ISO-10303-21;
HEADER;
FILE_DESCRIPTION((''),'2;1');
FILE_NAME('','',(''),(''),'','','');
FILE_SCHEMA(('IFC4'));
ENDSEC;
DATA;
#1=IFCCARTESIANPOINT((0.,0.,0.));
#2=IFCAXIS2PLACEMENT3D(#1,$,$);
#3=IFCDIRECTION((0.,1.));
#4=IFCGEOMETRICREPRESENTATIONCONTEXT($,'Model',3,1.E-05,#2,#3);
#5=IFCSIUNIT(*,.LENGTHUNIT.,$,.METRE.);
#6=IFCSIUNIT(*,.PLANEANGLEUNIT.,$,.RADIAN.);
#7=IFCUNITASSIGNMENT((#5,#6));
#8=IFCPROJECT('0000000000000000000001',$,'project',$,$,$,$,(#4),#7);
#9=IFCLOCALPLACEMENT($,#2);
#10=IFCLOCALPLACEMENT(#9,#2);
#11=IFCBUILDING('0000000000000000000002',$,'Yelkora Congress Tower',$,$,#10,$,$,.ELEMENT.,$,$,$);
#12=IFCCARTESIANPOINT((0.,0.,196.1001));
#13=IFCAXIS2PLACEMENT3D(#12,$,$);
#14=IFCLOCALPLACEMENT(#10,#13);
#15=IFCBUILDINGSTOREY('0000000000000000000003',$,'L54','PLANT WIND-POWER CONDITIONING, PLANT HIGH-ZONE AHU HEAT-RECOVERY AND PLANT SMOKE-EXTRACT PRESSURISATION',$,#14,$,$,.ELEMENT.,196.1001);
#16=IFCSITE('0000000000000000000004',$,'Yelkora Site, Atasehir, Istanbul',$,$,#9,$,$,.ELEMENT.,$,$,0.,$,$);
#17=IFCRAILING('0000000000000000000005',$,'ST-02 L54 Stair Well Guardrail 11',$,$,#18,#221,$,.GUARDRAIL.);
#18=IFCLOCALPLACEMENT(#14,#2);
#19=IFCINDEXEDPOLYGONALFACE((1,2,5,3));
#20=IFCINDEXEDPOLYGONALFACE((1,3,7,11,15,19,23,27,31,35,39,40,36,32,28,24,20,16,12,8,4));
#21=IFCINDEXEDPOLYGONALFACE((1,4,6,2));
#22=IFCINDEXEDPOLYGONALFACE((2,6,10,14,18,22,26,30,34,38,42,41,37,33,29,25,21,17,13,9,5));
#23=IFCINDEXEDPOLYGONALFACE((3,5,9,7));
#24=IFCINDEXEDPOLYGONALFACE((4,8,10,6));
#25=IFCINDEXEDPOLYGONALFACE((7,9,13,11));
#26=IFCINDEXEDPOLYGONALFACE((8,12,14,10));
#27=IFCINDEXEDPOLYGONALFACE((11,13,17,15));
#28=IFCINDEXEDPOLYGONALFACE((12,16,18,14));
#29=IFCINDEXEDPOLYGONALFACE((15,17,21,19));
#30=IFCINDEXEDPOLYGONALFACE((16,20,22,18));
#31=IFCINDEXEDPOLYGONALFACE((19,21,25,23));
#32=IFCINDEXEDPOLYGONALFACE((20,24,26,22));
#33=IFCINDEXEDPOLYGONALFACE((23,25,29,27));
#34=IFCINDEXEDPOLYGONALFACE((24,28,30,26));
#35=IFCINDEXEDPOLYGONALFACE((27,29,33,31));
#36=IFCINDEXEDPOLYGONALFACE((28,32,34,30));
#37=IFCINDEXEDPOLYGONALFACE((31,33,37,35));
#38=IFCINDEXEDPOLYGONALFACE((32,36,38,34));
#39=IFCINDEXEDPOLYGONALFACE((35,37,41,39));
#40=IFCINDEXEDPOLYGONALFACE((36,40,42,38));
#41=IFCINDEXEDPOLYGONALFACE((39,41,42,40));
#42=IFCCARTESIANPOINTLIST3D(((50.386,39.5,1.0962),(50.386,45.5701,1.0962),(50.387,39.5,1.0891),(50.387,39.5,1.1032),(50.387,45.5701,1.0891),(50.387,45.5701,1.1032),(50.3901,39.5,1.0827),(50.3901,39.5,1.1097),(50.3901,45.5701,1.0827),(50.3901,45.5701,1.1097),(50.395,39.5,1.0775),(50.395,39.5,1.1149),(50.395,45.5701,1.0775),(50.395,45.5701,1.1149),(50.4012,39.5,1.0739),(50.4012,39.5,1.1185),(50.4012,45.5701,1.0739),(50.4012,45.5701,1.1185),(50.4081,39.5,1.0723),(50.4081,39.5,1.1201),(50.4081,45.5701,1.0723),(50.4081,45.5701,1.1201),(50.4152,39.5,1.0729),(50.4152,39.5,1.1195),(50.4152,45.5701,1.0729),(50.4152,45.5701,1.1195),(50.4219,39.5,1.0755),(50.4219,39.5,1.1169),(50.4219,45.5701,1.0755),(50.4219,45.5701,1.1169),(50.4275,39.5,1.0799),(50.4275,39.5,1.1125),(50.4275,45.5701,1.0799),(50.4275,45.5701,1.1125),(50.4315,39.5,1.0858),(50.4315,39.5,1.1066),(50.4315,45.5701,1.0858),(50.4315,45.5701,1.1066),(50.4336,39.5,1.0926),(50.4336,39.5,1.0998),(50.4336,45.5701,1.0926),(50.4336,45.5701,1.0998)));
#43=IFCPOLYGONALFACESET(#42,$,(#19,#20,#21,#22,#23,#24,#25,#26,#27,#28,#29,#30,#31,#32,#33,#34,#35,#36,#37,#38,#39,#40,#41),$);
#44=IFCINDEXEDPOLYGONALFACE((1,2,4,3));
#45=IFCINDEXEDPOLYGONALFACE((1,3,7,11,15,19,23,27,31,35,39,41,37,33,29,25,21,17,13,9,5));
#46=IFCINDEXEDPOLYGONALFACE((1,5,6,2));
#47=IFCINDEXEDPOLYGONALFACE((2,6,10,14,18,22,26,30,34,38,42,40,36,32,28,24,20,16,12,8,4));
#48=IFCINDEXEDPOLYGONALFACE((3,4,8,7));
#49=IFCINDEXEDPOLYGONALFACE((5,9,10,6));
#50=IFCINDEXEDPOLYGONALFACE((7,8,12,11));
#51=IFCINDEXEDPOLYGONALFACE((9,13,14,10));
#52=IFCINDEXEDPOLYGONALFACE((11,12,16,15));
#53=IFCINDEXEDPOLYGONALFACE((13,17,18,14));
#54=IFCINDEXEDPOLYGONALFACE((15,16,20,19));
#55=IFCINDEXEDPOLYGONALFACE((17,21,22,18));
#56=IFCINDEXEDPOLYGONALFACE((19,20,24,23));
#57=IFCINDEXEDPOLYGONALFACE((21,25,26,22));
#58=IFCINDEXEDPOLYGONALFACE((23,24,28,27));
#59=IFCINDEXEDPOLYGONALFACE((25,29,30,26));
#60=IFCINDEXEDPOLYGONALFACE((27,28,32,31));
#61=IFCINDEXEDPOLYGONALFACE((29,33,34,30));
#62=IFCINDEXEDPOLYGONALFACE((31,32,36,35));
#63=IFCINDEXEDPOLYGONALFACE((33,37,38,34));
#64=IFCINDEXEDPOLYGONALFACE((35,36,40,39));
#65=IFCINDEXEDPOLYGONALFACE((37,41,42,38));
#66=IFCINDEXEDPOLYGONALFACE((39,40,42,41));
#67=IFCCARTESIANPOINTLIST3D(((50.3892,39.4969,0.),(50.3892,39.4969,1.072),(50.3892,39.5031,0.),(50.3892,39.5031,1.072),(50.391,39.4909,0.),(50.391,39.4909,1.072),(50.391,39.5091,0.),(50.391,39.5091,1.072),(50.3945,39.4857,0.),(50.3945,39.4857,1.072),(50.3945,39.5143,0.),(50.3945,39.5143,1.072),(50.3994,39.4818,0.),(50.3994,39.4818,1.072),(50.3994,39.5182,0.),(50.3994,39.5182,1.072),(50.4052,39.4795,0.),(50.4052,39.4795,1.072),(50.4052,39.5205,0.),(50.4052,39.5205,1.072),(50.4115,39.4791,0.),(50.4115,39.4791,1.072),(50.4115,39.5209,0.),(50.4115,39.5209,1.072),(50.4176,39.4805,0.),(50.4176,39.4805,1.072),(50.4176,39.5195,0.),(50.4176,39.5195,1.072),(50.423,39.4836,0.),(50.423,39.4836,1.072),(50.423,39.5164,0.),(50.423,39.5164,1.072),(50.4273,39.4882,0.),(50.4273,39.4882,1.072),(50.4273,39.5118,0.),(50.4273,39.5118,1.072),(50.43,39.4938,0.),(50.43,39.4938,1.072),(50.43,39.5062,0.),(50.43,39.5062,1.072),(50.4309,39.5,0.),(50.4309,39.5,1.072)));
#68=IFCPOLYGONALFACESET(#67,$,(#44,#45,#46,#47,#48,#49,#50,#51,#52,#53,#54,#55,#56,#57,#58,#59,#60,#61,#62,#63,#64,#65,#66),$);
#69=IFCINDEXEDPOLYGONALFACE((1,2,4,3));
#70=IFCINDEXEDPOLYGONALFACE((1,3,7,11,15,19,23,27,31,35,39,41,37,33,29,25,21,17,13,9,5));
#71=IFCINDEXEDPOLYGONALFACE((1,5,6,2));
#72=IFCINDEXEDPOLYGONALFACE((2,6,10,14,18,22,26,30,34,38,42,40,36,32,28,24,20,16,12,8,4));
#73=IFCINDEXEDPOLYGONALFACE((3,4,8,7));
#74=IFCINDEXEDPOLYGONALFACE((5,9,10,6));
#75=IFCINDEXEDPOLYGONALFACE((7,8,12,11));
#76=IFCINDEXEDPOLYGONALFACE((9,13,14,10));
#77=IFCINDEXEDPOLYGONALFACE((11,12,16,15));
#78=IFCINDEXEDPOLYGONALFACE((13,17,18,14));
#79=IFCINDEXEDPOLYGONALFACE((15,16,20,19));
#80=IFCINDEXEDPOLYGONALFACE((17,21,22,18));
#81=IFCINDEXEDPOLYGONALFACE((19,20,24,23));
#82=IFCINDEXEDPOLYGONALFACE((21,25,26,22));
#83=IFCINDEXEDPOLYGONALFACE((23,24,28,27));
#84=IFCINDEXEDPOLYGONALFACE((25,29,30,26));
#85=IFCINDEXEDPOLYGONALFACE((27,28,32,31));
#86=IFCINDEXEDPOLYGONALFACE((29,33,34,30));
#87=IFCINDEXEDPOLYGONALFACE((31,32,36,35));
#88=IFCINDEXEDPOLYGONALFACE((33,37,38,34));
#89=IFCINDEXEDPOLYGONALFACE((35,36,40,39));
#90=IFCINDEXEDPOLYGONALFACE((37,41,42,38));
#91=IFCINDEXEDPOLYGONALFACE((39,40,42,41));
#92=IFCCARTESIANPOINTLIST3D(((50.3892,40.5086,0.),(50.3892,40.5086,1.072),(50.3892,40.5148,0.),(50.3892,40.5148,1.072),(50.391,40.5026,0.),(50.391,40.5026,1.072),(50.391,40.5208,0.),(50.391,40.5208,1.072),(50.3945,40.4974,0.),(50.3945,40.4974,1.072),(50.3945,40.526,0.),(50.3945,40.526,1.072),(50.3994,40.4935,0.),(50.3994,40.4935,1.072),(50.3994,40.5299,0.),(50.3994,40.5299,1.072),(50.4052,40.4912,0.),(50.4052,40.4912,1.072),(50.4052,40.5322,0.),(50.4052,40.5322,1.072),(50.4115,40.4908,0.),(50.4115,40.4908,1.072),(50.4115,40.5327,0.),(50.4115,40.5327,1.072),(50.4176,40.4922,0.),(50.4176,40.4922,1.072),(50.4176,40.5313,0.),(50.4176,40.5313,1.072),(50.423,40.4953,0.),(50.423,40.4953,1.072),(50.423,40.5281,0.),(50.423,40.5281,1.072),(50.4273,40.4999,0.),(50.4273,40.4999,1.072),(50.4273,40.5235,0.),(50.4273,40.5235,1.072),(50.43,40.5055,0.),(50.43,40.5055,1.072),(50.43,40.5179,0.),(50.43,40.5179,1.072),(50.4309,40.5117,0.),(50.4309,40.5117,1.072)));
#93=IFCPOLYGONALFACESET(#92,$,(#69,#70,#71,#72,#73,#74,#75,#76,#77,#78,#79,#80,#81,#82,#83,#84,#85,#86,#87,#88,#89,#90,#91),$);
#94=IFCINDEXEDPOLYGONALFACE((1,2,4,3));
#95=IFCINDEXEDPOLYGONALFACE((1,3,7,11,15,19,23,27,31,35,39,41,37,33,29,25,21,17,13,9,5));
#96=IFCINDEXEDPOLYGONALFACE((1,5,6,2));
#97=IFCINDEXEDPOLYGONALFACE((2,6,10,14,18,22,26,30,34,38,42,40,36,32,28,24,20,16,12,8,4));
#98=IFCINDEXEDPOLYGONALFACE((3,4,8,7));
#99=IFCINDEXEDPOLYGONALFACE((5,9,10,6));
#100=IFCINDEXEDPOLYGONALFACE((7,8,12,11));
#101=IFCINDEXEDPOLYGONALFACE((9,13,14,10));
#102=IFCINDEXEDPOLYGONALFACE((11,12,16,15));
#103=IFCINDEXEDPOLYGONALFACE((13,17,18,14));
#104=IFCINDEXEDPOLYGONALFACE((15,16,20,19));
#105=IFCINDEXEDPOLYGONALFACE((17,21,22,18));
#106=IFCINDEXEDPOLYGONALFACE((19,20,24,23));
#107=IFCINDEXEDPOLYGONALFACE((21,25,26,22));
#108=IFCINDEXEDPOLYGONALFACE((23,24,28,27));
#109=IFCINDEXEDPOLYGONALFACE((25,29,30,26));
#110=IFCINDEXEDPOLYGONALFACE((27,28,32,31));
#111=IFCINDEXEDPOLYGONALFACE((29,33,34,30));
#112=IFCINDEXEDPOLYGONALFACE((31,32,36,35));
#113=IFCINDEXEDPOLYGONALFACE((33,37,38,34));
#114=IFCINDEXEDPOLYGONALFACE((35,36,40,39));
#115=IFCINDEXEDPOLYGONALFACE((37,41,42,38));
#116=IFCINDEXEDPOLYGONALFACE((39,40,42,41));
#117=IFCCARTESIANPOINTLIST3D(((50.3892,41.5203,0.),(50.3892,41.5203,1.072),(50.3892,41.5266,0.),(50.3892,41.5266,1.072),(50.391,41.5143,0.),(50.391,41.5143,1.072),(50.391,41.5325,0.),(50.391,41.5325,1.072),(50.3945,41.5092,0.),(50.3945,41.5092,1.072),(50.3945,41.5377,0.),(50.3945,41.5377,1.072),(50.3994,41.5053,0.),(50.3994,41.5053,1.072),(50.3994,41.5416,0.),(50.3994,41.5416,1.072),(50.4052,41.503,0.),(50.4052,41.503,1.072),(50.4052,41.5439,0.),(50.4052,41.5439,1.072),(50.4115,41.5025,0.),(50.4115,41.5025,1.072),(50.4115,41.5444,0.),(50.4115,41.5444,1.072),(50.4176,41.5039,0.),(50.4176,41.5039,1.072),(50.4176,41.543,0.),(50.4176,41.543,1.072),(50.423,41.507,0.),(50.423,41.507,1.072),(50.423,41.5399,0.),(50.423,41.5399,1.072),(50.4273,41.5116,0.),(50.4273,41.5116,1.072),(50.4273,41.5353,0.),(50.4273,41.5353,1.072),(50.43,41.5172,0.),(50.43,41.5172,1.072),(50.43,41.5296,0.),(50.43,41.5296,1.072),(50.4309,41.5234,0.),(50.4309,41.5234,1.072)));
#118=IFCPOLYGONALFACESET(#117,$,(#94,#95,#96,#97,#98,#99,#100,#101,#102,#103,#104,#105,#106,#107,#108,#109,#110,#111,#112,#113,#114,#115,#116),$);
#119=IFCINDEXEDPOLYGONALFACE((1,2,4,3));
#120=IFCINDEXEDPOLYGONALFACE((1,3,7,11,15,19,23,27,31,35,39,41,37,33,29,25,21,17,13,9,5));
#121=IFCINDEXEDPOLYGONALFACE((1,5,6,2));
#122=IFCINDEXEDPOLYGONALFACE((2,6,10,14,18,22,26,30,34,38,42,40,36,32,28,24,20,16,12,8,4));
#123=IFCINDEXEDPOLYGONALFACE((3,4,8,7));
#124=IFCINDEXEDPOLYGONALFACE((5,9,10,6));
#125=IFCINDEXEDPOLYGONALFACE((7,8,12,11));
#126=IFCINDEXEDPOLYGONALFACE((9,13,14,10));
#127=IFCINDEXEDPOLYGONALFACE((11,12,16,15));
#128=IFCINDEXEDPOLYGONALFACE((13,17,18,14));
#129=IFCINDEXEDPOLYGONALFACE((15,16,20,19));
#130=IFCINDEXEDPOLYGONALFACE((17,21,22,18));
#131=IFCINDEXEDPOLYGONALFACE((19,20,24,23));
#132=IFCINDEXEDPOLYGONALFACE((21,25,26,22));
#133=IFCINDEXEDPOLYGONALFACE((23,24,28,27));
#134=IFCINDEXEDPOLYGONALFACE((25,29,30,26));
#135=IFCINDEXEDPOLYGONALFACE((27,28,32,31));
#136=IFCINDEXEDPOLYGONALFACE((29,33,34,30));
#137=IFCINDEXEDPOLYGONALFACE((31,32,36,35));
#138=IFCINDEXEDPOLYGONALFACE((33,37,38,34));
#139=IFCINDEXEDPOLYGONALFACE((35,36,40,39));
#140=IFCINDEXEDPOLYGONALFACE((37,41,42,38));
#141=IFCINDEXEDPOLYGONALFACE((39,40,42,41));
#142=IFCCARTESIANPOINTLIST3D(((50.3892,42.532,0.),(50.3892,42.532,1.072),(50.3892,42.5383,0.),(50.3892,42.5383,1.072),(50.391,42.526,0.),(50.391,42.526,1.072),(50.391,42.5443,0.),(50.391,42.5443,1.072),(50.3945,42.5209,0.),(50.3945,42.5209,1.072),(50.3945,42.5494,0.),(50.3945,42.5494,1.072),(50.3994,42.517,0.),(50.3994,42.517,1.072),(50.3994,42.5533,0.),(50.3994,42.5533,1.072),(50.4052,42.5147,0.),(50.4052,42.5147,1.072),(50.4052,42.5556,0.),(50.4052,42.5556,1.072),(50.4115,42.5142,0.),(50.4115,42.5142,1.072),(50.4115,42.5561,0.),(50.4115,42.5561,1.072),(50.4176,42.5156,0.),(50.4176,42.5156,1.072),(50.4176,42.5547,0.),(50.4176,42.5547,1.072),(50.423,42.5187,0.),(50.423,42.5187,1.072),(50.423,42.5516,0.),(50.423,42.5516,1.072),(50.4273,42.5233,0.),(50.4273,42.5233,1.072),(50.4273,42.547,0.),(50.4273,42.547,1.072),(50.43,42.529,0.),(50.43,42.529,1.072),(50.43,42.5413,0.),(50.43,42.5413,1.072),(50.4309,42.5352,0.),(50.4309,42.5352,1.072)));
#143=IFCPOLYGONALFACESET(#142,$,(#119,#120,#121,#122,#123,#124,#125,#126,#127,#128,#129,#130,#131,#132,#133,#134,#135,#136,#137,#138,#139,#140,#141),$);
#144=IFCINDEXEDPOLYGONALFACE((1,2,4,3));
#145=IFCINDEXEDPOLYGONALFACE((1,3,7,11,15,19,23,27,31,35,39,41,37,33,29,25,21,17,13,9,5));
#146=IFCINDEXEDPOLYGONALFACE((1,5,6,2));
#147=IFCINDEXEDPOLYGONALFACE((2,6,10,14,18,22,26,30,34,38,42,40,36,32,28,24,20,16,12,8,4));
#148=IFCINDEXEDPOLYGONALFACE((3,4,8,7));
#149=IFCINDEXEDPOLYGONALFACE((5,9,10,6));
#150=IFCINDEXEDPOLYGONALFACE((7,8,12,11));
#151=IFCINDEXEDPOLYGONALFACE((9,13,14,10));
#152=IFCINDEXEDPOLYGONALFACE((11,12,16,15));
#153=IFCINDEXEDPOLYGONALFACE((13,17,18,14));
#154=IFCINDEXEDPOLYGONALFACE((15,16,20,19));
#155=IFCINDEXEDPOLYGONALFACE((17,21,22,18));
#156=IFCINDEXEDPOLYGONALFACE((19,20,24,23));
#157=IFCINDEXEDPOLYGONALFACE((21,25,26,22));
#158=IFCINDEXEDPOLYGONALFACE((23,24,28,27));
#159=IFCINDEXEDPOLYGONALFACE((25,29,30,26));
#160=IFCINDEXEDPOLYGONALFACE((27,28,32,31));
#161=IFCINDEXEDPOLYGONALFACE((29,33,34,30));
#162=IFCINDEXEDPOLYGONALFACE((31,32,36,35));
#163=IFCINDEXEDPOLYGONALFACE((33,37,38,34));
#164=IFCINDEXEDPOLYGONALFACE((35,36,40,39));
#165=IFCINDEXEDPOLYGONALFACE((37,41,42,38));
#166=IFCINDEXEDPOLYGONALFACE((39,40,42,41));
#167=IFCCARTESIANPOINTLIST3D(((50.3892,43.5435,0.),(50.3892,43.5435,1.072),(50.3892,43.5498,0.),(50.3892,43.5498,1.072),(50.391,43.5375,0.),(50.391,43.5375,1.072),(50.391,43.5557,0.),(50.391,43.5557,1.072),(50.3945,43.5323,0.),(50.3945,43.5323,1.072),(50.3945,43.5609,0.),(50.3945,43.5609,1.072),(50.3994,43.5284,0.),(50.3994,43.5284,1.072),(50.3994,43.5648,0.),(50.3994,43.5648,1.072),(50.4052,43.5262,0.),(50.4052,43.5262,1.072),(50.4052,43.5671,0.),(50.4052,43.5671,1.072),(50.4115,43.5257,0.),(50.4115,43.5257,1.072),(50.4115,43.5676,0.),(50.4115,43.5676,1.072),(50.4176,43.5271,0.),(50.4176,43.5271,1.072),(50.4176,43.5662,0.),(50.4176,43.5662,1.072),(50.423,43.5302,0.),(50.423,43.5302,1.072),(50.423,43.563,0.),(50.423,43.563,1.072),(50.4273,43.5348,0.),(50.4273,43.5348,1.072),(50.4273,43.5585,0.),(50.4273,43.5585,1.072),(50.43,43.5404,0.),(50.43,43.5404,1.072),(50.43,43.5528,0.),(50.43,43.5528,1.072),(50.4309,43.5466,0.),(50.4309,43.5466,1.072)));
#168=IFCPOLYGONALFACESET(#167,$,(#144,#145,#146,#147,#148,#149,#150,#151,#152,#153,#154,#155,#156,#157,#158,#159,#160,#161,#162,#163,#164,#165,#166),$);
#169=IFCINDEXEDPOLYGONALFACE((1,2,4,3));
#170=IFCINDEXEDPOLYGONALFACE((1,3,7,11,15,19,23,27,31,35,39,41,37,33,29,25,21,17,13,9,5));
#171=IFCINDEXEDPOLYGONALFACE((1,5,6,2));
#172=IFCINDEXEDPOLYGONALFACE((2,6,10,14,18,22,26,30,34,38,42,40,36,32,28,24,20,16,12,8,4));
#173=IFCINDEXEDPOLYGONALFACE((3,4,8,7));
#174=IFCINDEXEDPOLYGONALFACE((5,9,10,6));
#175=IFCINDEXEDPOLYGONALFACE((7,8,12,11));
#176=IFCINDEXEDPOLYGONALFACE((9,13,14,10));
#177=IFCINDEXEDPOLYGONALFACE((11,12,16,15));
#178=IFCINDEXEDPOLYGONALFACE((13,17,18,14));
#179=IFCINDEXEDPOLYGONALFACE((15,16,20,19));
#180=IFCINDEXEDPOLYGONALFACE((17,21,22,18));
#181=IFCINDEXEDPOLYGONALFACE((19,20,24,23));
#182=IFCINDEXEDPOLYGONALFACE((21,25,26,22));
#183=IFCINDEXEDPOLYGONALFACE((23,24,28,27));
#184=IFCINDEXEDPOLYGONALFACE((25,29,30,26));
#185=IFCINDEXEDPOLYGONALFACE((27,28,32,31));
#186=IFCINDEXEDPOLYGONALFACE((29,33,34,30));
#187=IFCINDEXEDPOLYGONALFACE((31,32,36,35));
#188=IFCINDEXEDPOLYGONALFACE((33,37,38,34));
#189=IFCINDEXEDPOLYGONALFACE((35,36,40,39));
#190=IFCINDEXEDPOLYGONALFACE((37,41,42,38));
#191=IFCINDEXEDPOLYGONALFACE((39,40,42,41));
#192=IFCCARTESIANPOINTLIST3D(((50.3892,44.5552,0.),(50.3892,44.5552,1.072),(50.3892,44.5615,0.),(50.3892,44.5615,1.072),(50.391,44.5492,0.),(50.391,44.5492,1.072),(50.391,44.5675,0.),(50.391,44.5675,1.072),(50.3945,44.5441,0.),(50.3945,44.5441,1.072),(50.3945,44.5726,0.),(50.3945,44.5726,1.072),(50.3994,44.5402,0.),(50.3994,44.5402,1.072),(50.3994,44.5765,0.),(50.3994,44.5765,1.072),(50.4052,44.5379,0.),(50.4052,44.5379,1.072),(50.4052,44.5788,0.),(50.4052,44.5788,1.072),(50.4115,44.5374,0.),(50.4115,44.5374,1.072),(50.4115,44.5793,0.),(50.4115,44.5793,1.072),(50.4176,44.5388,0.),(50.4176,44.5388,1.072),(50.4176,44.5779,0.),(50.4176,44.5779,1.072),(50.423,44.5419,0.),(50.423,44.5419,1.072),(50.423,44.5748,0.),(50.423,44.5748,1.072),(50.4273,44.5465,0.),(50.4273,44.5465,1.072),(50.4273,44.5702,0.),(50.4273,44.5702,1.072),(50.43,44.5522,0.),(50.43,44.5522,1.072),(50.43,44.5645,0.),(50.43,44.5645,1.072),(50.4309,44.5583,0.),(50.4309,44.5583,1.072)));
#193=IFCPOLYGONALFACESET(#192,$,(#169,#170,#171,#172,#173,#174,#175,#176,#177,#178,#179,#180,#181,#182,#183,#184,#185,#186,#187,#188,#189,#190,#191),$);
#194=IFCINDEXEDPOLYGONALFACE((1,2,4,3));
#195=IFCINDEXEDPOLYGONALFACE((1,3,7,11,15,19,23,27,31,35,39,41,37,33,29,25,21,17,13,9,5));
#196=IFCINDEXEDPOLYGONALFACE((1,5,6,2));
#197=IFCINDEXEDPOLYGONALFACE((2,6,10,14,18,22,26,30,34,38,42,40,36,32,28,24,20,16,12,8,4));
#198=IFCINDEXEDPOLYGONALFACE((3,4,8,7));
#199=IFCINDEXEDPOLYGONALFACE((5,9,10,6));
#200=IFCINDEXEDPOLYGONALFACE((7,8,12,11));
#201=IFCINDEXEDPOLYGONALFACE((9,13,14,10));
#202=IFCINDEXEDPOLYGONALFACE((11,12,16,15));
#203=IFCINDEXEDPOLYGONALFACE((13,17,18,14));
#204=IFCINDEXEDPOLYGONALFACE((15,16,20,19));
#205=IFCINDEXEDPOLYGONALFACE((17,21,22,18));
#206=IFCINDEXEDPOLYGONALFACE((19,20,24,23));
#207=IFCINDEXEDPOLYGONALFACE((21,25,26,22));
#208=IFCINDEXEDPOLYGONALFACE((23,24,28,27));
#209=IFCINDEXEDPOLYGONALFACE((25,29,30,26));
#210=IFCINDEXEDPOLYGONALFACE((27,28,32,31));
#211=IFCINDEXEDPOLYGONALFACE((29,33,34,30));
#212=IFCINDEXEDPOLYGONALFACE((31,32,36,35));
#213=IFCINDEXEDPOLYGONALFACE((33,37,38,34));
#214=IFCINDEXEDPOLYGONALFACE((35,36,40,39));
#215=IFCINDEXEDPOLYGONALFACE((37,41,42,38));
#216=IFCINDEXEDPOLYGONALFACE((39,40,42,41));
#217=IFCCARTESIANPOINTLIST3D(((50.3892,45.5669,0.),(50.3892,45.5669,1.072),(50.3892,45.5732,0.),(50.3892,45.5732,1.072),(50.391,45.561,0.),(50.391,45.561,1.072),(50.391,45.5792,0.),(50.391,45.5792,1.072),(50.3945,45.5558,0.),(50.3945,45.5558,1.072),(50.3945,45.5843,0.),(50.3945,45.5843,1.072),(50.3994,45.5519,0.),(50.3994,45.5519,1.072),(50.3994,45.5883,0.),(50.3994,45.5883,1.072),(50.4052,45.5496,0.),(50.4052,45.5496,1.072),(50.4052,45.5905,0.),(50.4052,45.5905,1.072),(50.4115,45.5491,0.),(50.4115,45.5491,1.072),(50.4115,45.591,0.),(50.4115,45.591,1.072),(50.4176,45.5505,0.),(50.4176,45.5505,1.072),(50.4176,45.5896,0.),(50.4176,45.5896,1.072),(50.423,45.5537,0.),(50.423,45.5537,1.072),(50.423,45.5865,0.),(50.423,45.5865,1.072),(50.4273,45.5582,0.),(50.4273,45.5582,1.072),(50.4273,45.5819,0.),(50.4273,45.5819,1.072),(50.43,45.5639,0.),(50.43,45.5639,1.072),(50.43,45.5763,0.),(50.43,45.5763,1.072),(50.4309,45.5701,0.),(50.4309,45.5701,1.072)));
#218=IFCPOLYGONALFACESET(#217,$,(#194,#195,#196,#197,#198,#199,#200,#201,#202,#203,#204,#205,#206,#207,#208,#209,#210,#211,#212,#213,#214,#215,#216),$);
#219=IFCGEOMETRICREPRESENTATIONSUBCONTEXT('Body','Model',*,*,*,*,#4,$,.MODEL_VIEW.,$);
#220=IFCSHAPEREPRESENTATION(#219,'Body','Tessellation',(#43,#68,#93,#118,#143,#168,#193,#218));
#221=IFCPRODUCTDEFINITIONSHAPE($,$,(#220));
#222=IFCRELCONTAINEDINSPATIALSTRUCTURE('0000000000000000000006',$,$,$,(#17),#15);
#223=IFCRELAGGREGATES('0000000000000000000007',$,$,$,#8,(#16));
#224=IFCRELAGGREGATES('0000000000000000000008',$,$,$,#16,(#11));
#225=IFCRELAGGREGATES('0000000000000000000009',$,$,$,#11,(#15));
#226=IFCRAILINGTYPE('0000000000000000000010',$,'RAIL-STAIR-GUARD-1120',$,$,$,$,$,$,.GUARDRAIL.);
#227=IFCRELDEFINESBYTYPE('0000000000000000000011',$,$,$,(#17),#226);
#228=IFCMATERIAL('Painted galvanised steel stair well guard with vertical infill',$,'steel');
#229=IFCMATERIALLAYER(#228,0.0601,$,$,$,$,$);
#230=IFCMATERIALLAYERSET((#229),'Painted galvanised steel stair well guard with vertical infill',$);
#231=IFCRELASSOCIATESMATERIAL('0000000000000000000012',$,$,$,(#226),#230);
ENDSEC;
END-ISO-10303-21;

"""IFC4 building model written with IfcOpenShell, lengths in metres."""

from ifc_helpers import new_model, si_unit, direction, frame, origin, origin_2d, place, context, subcontext, project, spatial, circle, extrude, material, layer, layer_set, type_object, element, save


model = new_model("IFC4")

# Units and contexts
model_context = context("Model", 3, precision=1e-05, world=origin(), true_north=direction((0.0, 1.0)))
body_context = subcontext(model_context, "Body", "Model", "MODEL_VIEW")
ifc_project = project(units=[si_unit("LENGTHUNIT", "METRE"), si_unit("PLANEANGLEUNIT", "RADIAN")], contexts=[model_context])

# Site, building, storey
site_placement = place(None, origin())
site = spatial("IfcSite", under=ifc_project, at=site_placement, Name="Yelkora Site, Atasehir, Istanbul", CompositionType="ELEMENT", RefElevation=0.0)
building_placement = place(site_placement, origin())
building = spatial("IfcBuilding", under=site, at=building_placement, Name="Yelkora Congress Tower", CompositionType="ELEMENT")
storey_placement = place(building_placement, frame((0.0, 0.0, 196.1001)))
storey = spatial("IfcBuildingStorey", under=building, at=storey_placement, Name="L54", Description="PLANT WIND-POWER CONDITIONING, PLANT HIGH-ZONE AHU HEAT-RECOVERY AND PLANT SMOKE-EXTRACT PRESSURISATION", CompositionType="ELEMENT", Elevation=196.1001)

# Railing
ifc_material_1 = material(Name="Painted galvanised steel stair well guard with vertical infill", Category="steel")
ifc_layer_1 = layer(ifc_material_1, 0.0601)
ifc_layer_set_1 = layer_set([ifc_layer_1], Name="Painted galvanised steel stair well guard with vertical infill")
railing_type = type_object("IfcRailingType", Name="RAIL-STAIR-GUARD-1120", PredefinedType="GUARDRAIL", material=ifc_layer_set_1)
railing_1_placement = place(storey_placement, frame((50.4099, 39.5, 0.0)))
element("IfcRailing", 1, at=railing_1_placement, inside=storey, type_object=railing_type, Name="ST-02 L54 Stair Well Guardrail 11", PredefinedType="GUARDRAIL", context=body_context, shape_type="SweptSolid", body=[
    extrude(circle(Radius=0.0239, at=origin_2d()), frame((0.0, 0.0, 1.0962), z_axis=(0.0, 1.0, 0.0), x_axis=(-1.0, 0.0, 0.0)), (0.0, 0.0, 1.0), 6.0701),
    extrude(circle(Radius=0.021, at=origin_2d()), origin(), (0.0, 0.0, 1.0), 1.072),
    extrude(circle(Radius=0.021, at=origin_2d()), frame((0.0, 1.0117, 0.0)), (0.0, 0.0, 1.0), 1.072),
    extrude(circle(Radius=0.021, at=origin_2d()), frame((0.0, 2.0234, 0.0)), (0.0, 0.0, 1.0), 1.072),
    extrude(circle(Radius=0.021, at=origin_2d()), frame((0.0, 3.0352, 0.0)), (0.0, 0.0, 1.0), 1.072),
    extrude(circle(Radius=0.021, at=origin_2d()), frame((0.0, 4.0466, 0.0)), (0.0, 0.0, 1.0), 1.072),
    extrude(circle(Radius=0.021, at=origin_2d()), frame((0.0, 5.0583, 0.0)), (0.0, 0.0, 1.0), 1.072),
    extrude(circle(Radius=0.021, at=origin_2d()), frame((0.0, 6.0701, 0.0)), (0.0, 0.0, 1.0), 1.072),
])

save(model, "model.ifc")
